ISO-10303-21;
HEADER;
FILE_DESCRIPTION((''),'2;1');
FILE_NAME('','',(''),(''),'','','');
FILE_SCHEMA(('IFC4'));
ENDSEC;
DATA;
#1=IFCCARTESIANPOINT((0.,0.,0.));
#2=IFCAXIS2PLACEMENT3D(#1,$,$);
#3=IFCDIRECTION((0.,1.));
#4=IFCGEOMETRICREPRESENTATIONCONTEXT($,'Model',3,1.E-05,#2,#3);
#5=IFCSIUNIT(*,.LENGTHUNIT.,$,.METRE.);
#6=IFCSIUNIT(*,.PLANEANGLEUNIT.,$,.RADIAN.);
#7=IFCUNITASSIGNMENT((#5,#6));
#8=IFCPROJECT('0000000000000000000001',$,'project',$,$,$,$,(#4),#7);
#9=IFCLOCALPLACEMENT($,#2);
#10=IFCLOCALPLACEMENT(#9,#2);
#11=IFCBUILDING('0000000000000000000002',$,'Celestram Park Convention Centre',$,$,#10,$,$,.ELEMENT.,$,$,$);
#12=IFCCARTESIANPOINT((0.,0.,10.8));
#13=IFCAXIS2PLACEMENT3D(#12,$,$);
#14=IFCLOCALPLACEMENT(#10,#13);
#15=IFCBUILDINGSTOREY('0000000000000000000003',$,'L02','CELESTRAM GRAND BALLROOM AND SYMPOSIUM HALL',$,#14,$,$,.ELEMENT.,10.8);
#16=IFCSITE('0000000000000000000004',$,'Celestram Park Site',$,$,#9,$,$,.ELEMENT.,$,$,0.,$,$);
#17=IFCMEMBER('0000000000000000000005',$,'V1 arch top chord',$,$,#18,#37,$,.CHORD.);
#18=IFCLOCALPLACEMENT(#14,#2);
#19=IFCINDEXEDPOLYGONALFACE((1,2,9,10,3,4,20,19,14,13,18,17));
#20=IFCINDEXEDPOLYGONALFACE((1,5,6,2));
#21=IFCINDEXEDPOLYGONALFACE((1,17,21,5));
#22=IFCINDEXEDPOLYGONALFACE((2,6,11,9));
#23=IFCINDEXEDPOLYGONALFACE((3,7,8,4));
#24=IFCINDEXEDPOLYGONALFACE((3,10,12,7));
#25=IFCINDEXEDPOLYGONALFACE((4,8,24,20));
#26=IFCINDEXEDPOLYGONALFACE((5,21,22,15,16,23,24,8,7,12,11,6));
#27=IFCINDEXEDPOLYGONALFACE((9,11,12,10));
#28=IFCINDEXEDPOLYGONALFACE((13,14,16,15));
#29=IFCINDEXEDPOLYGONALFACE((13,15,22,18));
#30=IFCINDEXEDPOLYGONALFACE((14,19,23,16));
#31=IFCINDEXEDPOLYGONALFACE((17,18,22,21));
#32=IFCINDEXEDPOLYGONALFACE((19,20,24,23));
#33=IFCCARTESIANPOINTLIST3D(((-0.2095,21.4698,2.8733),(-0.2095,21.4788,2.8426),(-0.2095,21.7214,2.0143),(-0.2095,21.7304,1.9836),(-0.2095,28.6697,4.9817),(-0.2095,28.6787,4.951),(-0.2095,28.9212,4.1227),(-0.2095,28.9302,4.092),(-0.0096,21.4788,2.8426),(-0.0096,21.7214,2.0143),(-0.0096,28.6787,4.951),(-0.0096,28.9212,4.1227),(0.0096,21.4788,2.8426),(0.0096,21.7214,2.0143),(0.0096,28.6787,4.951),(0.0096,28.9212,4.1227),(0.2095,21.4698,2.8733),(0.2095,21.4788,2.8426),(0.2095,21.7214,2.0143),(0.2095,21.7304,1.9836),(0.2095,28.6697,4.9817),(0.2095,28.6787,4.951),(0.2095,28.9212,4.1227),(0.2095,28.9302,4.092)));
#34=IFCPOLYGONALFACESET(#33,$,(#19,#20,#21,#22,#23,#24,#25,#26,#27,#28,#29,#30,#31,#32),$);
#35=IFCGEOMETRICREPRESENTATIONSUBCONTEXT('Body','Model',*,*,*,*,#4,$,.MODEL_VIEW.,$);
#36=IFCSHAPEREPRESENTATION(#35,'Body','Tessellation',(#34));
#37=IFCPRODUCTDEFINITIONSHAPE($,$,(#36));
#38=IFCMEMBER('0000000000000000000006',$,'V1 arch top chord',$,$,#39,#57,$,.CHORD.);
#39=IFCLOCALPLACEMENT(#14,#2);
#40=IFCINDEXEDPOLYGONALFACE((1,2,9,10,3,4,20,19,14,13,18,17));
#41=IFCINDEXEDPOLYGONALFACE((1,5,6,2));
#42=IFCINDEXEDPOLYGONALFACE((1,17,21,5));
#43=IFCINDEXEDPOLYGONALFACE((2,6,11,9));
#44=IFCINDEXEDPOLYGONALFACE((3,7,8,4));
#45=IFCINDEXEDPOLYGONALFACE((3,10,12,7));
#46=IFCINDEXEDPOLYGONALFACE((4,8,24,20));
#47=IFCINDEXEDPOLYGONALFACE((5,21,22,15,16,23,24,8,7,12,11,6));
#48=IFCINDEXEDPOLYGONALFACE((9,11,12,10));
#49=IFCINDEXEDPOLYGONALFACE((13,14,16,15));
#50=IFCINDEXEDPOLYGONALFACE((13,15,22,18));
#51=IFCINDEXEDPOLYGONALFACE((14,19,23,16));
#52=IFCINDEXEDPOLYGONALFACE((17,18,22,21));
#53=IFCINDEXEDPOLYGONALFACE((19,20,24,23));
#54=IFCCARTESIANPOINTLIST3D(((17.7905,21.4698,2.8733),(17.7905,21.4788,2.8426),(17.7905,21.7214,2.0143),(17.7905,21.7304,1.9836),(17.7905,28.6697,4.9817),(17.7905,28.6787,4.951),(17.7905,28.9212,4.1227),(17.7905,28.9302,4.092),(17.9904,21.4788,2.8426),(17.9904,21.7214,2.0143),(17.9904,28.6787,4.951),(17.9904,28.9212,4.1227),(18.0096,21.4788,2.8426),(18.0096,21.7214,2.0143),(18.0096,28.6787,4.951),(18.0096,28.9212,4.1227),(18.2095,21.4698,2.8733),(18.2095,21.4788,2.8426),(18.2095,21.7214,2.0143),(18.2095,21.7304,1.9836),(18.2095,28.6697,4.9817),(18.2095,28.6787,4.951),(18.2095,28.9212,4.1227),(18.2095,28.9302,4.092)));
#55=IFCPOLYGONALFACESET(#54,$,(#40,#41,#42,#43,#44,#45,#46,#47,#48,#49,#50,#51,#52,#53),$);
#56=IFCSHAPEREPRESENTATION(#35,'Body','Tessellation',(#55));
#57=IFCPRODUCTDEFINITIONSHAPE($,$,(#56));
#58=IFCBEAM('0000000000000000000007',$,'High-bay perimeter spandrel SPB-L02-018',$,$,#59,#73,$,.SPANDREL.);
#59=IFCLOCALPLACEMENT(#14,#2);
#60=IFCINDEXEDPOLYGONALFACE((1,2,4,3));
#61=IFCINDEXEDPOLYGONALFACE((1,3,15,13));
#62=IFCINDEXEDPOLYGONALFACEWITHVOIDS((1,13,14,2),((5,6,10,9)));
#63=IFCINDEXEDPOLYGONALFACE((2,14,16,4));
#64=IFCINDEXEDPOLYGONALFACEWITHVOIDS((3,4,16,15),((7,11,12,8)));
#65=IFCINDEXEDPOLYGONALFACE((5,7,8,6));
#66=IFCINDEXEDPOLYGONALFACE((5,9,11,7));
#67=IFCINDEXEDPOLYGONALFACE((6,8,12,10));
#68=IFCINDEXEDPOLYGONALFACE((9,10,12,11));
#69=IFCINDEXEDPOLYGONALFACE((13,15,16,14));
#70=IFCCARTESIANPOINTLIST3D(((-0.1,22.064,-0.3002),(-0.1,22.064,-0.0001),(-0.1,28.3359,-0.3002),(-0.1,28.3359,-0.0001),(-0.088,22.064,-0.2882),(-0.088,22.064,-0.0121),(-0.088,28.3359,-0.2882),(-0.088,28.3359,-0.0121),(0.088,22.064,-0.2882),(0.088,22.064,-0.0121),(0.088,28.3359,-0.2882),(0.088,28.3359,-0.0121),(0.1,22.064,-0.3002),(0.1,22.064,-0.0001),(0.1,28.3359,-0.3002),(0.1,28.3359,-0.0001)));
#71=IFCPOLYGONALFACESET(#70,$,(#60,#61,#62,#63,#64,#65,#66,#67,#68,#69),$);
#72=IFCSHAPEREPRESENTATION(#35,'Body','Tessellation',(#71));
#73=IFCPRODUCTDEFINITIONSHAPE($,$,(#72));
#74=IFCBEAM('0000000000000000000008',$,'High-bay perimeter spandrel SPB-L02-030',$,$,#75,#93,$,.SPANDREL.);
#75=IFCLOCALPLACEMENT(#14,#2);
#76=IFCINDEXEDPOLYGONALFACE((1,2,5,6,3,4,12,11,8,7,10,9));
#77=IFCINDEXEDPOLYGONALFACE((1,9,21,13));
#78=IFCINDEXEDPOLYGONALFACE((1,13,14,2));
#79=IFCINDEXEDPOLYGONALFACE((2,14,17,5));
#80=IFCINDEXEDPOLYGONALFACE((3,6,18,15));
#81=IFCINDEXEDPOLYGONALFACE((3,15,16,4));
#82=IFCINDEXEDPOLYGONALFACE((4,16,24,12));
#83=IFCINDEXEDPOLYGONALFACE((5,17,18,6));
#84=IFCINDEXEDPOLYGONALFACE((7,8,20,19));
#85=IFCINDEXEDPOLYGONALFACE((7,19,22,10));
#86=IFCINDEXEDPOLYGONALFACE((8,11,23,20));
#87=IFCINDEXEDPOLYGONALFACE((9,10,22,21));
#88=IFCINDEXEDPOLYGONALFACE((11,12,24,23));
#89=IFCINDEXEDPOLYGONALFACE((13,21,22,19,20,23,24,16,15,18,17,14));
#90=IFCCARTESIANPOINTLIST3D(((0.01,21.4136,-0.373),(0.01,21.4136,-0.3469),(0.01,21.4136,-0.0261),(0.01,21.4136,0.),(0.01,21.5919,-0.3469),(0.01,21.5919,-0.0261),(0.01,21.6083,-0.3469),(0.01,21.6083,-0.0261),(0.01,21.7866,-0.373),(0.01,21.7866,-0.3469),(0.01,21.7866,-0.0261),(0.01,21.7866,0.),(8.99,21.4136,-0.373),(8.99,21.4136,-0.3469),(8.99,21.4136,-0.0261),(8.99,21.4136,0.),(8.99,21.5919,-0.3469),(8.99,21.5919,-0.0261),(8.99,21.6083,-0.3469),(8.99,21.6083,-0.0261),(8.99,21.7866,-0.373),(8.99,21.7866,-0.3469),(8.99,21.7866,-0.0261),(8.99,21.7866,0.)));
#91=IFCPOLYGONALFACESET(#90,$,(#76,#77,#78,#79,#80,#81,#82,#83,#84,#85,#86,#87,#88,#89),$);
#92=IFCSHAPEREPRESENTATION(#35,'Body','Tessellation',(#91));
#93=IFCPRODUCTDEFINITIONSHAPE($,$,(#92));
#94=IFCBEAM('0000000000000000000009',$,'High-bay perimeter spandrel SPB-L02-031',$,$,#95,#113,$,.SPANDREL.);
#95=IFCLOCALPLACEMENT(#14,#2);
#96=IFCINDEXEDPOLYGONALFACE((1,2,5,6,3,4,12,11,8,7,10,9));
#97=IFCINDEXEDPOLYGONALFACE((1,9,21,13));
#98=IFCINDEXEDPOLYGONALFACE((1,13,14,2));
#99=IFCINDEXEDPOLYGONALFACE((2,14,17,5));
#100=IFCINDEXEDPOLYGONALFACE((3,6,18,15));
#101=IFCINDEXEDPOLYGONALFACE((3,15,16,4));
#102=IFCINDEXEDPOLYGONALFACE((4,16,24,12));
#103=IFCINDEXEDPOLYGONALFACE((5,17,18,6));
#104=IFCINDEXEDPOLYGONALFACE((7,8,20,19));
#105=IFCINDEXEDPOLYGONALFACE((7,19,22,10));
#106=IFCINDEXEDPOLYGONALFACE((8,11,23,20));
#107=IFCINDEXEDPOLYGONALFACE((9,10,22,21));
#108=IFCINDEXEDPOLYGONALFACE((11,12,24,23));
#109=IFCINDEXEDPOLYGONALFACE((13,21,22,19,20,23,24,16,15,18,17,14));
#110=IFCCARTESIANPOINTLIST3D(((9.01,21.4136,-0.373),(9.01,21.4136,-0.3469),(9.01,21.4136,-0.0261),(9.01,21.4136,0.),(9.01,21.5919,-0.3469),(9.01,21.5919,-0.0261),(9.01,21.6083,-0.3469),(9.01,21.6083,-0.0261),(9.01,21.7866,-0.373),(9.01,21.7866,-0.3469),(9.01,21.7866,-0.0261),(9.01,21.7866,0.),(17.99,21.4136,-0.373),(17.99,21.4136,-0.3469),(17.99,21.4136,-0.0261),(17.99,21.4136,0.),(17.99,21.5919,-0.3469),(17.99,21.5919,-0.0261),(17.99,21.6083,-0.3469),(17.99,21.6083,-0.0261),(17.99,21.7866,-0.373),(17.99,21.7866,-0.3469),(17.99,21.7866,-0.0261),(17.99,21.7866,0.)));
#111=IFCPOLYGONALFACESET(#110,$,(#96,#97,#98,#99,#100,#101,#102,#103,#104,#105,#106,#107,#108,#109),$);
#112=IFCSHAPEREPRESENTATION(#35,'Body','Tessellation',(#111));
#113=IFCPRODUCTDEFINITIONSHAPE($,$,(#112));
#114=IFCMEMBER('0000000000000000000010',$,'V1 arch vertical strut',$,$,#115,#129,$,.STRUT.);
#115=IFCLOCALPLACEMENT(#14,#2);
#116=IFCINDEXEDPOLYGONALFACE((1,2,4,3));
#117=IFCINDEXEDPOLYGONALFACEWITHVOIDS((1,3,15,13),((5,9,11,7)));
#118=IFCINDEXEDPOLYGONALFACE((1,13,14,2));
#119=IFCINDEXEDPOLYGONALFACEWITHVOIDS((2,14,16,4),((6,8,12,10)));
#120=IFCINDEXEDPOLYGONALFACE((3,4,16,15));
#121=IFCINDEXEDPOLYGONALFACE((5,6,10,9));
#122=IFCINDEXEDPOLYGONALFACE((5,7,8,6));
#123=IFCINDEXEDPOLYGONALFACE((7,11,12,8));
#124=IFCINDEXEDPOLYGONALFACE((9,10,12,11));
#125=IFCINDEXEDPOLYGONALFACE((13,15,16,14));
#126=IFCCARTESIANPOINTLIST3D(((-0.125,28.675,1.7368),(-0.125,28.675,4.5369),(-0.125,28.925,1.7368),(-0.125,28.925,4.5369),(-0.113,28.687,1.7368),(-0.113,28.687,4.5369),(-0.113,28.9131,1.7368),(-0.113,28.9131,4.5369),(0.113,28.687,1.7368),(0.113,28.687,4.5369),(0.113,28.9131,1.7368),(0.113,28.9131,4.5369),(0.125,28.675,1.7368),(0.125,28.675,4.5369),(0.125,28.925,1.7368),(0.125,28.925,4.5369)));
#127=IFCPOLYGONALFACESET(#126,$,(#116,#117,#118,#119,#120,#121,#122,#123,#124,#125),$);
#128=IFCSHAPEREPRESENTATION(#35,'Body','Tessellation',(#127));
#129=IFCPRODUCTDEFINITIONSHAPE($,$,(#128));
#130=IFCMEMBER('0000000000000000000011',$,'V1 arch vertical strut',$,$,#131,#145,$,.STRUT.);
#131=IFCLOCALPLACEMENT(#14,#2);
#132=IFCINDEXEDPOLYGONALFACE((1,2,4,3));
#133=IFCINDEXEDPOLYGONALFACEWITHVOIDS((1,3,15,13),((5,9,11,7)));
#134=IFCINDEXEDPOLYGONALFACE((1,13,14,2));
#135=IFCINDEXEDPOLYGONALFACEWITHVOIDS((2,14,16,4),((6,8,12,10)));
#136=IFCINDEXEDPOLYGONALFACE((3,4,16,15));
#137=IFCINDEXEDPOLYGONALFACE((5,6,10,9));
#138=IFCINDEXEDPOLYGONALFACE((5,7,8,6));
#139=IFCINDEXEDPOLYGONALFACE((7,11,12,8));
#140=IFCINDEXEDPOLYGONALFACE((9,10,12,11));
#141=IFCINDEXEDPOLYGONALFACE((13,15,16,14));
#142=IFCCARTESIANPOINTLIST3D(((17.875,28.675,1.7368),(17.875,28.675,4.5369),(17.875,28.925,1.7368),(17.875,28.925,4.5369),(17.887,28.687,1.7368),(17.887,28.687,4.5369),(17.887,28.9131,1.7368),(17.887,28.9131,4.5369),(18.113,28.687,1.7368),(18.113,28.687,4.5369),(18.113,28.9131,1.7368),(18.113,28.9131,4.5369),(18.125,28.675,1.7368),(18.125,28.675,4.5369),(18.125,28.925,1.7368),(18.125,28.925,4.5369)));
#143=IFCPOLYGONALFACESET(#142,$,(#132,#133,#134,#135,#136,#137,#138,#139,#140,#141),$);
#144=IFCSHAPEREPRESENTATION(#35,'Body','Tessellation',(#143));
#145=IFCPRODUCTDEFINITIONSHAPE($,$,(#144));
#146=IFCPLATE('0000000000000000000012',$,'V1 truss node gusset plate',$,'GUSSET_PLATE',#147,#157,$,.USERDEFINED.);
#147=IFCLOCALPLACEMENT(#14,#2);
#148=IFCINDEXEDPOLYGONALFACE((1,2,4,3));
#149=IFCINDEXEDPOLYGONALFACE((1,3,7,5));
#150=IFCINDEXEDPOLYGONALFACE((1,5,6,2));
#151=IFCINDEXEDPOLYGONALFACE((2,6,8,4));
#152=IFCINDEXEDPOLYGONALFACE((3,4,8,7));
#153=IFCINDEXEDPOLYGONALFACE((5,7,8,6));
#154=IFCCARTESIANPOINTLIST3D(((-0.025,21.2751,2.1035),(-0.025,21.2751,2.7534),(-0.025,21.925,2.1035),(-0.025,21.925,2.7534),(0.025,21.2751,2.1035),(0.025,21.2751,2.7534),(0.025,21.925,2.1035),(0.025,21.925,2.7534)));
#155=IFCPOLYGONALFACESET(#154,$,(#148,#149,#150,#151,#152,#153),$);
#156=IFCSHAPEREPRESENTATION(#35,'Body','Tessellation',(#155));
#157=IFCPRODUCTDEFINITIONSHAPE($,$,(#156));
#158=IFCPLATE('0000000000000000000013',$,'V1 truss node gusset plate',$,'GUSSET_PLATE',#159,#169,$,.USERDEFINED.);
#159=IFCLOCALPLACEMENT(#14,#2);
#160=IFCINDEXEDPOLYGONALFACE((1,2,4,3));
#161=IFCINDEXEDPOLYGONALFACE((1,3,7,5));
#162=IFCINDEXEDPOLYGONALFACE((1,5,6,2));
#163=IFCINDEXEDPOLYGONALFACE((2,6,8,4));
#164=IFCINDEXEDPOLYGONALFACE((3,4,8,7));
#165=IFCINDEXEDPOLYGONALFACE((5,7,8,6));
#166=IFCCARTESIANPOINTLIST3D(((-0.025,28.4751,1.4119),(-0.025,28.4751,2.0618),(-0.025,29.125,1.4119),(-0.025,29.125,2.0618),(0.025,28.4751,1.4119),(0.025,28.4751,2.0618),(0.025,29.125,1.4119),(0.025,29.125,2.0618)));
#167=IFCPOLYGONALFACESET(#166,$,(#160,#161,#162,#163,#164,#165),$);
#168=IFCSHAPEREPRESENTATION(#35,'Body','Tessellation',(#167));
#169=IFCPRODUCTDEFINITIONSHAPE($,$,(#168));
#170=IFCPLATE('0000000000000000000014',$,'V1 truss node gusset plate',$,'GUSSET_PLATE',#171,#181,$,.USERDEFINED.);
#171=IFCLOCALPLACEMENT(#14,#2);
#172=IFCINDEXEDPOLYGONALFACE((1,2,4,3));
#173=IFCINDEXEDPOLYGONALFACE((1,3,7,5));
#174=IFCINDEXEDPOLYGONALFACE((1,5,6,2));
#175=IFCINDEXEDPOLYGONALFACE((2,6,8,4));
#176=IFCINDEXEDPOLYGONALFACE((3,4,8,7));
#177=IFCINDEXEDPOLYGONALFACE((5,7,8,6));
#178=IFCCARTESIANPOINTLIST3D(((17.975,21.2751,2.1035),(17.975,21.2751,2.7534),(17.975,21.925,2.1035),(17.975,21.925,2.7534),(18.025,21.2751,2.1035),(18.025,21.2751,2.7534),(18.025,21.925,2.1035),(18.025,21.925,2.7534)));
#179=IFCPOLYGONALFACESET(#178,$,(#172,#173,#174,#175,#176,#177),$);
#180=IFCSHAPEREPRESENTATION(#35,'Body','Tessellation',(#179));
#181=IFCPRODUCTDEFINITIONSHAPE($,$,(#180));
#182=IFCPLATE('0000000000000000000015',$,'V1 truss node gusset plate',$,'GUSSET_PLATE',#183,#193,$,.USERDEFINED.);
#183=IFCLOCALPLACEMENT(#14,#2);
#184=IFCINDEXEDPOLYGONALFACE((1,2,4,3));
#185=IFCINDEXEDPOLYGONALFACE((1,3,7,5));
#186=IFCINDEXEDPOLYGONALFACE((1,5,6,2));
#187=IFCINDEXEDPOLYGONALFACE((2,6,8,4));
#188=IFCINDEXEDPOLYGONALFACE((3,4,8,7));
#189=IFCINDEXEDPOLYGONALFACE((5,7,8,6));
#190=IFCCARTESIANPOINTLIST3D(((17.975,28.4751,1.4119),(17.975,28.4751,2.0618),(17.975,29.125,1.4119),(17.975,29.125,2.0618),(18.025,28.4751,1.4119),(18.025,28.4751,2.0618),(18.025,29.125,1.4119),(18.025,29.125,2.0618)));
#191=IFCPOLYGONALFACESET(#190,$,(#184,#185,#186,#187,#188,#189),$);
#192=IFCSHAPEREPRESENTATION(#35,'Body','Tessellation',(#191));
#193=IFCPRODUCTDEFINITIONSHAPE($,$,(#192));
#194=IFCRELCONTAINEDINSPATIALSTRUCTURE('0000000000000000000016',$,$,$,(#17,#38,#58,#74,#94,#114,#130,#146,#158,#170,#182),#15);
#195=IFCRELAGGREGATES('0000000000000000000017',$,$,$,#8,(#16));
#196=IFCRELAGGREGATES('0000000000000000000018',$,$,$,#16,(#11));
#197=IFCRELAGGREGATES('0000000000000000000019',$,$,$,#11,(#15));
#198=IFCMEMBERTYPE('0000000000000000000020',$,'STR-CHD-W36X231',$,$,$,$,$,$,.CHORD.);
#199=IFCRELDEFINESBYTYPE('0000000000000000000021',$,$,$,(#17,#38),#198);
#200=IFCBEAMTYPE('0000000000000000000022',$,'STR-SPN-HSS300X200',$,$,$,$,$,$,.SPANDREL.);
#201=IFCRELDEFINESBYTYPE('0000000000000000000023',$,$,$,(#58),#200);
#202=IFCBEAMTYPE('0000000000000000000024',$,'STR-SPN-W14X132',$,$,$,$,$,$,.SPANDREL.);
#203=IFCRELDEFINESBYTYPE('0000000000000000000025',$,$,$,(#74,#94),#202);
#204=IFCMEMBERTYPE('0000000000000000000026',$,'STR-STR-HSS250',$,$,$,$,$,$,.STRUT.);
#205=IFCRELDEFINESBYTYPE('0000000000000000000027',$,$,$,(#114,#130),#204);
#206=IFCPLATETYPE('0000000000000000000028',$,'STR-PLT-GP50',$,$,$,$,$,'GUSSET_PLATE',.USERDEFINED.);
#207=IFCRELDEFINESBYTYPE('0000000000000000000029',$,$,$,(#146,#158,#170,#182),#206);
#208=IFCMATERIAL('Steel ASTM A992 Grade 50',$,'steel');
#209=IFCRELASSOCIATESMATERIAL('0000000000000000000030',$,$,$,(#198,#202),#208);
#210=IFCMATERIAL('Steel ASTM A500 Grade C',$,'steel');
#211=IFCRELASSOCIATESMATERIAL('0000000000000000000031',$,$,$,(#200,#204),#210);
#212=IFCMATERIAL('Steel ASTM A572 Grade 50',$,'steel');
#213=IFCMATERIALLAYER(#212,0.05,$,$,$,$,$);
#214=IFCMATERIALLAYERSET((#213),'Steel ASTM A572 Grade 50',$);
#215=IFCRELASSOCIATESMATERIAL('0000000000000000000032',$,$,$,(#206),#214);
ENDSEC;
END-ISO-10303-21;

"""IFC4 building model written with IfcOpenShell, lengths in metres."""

from ifc_helpers import new_model, si_unit, direction, frame, origin, origin_2d, place, context, subcontext, project, spatial, rectangle, hollow_rectangle, i_section, extrude, material, layer, layer_set, material_profile, profile_set, type_object, element, save


model = new_model("IFC4")

# Units and contexts
model_context = context("Model", 3, precision=1e-05, world=origin(), true_north=direction((0.0, 1.0)))
body_context = subcontext(model_context, "Body", "Model", "MODEL_VIEW")
ifc_project = project(units=[si_unit("LENGTHUNIT", "METRE"), si_unit("PLANEANGLEUNIT", "RADIAN")], contexts=[model_context])

# Site, building, storey
site_placement = place(None, origin())
site = spatial("IfcSite", under=ifc_project, at=site_placement, Name="Celestram Park Site", CompositionType="ELEMENT", RefElevation=0.0)
building_placement = place(site_placement, origin())
building = spatial("IfcBuilding", under=site, at=building_placement, Name="Celestram Park Convention Centre", CompositionType="ELEMENT")
storey_placement = place(building_placement, frame((0.0, 0.0, 10.8)))
storey = spatial("IfcBuildingStorey", under=building, at=storey_placement, Name="L02", Description="CELESTRAM GRAND BALLROOM AND SYMPOSIUM HALL", CompositionType="ELEMENT", Elevation=10.8)

# Shared definitions
ifc_material_1 = material(Name="Steel ASTM A992 Grade 50", Category="steel")

# Members
ifc_material_2 = material(Name="Steel ASTM A500 Grade C", Category="steel")
ifc_material_profile_1 = material_profile(ifc_material_1, i_section(OverallWidth=0.4189, OverallDepth=0.927, WebThickness=0.0193, FlangeThickness=0.032, at=origin_2d()), Name="W36X231")
ifc_profile_set_1 = profile_set([ifc_material_profile_1], Name="Steel ASTM A992 Grade 50")
member_type_1 = type_object("IfcMemberType", Name="STR-CHD-W36X231", PredefinedType="CHORD", material=ifc_profile_set_1)
for number, where, z_axis, x_axis, name in (
    (1, (0.0, 21.6001, 2.4285), (0.0, 0.959698, 0.281033), (-1.0, 0.0, 0.0), "V1 arch top chord"),
    (2, (18.0, 21.6001, 2.4285), (0.0, 0.959698, 0.281033), (-1.0, 0.0, 0.0), "V1 arch top chord"),
):
    element("IfcMember", number, at=place(storey_placement, frame(where, z_axis=z_axis, x_axis=x_axis)), inside=storey, type_object=member_type_1, Name=name, PredefinedType="CHORD", context=body_context, shape_type="SweptSolid", body=[
        extrude(i_section(OverallWidth=0.4189, OverallDepth=0.927, WebThickness=0.0193, FlangeThickness=0.032, at=origin_2d()), origin(), (0.0, 0.0, 1.0), 7.5022),
    ])

# Beams
ifc_material_profile_2 = material_profile(ifc_material_2, hollow_rectangle(XDim=0.2, YDim=0.3, WallThickness=0.012, at=origin_2d()), Name="HSS300X200X12")
ifc_profile_set_2 = profile_set([ifc_material_profile_2], Name="Steel ASTM A500 Grade C")
beam_type_1 = type_object("IfcBeamType", Name="STR-SPN-HSS300X200", PredefinedType="SPANDREL", material=ifc_profile_set_2)
beam_1_placement = place(storey_placement, frame((0.0, 22.064, -0.1501), z_axis=(0.0, 1.0, 0.0), x_axis=(-1.0, 0.0, 0.0)))
element("IfcBeam", 3, at=beam_1_placement, inside=storey, type_object=beam_type_1, Name="High-bay perimeter spandrel SPB-L02-018", PredefinedType="SPANDREL", context=body_context, shape_type="SweptSolid", body=[
    extrude(hollow_rectangle(XDim=0.2, YDim=0.3, WallThickness=0.012, at=origin_2d()), origin(), (0.0, 0.0, 1.0), 6.272),
])
ifc_material_profile_3 = material_profile(ifc_material_1, i_section(OverallWidth=0.373, OverallDepth=0.373, WebThickness=0.0164, FlangeThickness=0.0261, at=origin_2d()), Name="W14X132")
ifc_profile_set_3 = profile_set([ifc_material_profile_3], Name="Steel ASTM A992 Grade 50")
beam_type_2 = type_object("IfcBeamType", Name="STR-SPN-W14X132", PredefinedType="SPANDREL", material=ifc_profile_set_3)
for number, where, z_axis, x_axis, name in (
    (4, (0.01, 21.6001, -0.1865), (1.0, 0.0, 0.0), (0.0, 1.0, 0.0), "High-bay perimeter spandrel SPB-L02-030"),
    (5, (9.01, 21.6001, -0.1865), (1.0, 0.0, 0.0), (0.0, 1.0, 0.0), "High-bay perimeter spandrel SPB-L02-031"),
):
    element("IfcBeam", number, at=place(storey_placement, frame(where, z_axis=z_axis, x_axis=x_axis)), inside=storey, type_object=beam_type_2, Name=name, PredefinedType="SPANDREL", context=body_context, shape_type="SweptSolid", body=[
        extrude(i_section(OverallWidth=0.373, OverallDepth=0.373, WebThickness=0.0164, FlangeThickness=0.0261, at=origin_2d()), origin(), (0.0, 0.0, 1.0), 8.98),
    ])

# Members
ifc_material_profile_4 = material_profile(ifc_material_2, hollow_rectangle(XDim=0.25, YDim=0.25, WallThickness=0.012, at=origin_2d()), Name="HSS250X250X12")
ifc_profile_set_4 = profile_set([ifc_material_profile_4], Name="Steel ASTM A500 Grade C")
member_type_2 = type_object("IfcMemberType", Name="STR-STR-HSS250", PredefinedType="STRUT", material=ifc_profile_set_4)
for number, where, z_axis, x_axis, name in (
    (6, (0.0, 28.8, 1.7368), (0.0, 0.0, 1.0), (1.0, 0.0, 0.0), "V1 arch vertical strut"),
    (7, (18.0, 28.8, 1.7368), (0.0, 0.0, 1.0), (1.0, 0.0, 0.0), "V1 arch vertical strut"),
):
    element("IfcMember", number, at=place(storey_placement, frame(where, z_axis=z_axis, x_axis=x_axis)), inside=storey, type_object=member_type_2, Name=name, PredefinedType="STRUT", context=body_context, shape_type="SweptSolid", body=[
        extrude(hollow_rectangle(XDim=0.25, YDim=0.25, WallThickness=0.012, at=origin_2d()), origin(), (0.0, 0.0, 1.0), 2.8),
    ])

# Plates
ifc_material_3 = material(Name="Steel ASTM A572 Grade 50", Category="steel")
ifc_layer_1 = layer(ifc_material_3, 0.05)
ifc_layer_set_1 = layer_set([ifc_layer_1], Name="Steel ASTM A572 Grade 50")
plate_type = type_object("IfcPlateType", Name="STR-PLT-GP50", ElementType="GUSSET_PLATE", PredefinedType="USERDEFINED", material=ifc_layer_set_1)
for number, where, z_axis, x_axis, name in (
    (8, (0.0, 21.6001, 2.1035), (0.0, 0.0, 1.0), (0.0, 1.0, 0.0), "V1 truss node gusset plate"),
    (9, (0.0, 28.8, 1.4119), (0.0, 0.0, 1.0), (0.0, 1.0, 0.0), "V1 truss node gusset plate"),
    (10, (18.0, 21.6001, 2.1035), (0.0, 0.0, 1.0), (0.0, 1.0, 0.0), "V1 truss node gusset plate"),
    (11, (18.0, 28.8, 1.4119), (0.0, 0.0, 1.0), (0.0, 1.0, 0.0), "V1 truss node gusset plate"),
):
    element("IfcPlate", number, at=place(storey_placement, frame(where, z_axis=z_axis, x_axis=x_axis)), inside=storey, type_object=plate_type, Name=name, ObjectType="GUSSET_PLATE", PredefinedType="USERDEFINED", context=body_context, shape_type="SweptSolid", body=[
        extrude(rectangle(XDim=0.6499, YDim=0.05, at=origin_2d()), origin(), (0.0, 0.0, 1.0), 0.6499),
    ])

save(model, "model.ifc")
